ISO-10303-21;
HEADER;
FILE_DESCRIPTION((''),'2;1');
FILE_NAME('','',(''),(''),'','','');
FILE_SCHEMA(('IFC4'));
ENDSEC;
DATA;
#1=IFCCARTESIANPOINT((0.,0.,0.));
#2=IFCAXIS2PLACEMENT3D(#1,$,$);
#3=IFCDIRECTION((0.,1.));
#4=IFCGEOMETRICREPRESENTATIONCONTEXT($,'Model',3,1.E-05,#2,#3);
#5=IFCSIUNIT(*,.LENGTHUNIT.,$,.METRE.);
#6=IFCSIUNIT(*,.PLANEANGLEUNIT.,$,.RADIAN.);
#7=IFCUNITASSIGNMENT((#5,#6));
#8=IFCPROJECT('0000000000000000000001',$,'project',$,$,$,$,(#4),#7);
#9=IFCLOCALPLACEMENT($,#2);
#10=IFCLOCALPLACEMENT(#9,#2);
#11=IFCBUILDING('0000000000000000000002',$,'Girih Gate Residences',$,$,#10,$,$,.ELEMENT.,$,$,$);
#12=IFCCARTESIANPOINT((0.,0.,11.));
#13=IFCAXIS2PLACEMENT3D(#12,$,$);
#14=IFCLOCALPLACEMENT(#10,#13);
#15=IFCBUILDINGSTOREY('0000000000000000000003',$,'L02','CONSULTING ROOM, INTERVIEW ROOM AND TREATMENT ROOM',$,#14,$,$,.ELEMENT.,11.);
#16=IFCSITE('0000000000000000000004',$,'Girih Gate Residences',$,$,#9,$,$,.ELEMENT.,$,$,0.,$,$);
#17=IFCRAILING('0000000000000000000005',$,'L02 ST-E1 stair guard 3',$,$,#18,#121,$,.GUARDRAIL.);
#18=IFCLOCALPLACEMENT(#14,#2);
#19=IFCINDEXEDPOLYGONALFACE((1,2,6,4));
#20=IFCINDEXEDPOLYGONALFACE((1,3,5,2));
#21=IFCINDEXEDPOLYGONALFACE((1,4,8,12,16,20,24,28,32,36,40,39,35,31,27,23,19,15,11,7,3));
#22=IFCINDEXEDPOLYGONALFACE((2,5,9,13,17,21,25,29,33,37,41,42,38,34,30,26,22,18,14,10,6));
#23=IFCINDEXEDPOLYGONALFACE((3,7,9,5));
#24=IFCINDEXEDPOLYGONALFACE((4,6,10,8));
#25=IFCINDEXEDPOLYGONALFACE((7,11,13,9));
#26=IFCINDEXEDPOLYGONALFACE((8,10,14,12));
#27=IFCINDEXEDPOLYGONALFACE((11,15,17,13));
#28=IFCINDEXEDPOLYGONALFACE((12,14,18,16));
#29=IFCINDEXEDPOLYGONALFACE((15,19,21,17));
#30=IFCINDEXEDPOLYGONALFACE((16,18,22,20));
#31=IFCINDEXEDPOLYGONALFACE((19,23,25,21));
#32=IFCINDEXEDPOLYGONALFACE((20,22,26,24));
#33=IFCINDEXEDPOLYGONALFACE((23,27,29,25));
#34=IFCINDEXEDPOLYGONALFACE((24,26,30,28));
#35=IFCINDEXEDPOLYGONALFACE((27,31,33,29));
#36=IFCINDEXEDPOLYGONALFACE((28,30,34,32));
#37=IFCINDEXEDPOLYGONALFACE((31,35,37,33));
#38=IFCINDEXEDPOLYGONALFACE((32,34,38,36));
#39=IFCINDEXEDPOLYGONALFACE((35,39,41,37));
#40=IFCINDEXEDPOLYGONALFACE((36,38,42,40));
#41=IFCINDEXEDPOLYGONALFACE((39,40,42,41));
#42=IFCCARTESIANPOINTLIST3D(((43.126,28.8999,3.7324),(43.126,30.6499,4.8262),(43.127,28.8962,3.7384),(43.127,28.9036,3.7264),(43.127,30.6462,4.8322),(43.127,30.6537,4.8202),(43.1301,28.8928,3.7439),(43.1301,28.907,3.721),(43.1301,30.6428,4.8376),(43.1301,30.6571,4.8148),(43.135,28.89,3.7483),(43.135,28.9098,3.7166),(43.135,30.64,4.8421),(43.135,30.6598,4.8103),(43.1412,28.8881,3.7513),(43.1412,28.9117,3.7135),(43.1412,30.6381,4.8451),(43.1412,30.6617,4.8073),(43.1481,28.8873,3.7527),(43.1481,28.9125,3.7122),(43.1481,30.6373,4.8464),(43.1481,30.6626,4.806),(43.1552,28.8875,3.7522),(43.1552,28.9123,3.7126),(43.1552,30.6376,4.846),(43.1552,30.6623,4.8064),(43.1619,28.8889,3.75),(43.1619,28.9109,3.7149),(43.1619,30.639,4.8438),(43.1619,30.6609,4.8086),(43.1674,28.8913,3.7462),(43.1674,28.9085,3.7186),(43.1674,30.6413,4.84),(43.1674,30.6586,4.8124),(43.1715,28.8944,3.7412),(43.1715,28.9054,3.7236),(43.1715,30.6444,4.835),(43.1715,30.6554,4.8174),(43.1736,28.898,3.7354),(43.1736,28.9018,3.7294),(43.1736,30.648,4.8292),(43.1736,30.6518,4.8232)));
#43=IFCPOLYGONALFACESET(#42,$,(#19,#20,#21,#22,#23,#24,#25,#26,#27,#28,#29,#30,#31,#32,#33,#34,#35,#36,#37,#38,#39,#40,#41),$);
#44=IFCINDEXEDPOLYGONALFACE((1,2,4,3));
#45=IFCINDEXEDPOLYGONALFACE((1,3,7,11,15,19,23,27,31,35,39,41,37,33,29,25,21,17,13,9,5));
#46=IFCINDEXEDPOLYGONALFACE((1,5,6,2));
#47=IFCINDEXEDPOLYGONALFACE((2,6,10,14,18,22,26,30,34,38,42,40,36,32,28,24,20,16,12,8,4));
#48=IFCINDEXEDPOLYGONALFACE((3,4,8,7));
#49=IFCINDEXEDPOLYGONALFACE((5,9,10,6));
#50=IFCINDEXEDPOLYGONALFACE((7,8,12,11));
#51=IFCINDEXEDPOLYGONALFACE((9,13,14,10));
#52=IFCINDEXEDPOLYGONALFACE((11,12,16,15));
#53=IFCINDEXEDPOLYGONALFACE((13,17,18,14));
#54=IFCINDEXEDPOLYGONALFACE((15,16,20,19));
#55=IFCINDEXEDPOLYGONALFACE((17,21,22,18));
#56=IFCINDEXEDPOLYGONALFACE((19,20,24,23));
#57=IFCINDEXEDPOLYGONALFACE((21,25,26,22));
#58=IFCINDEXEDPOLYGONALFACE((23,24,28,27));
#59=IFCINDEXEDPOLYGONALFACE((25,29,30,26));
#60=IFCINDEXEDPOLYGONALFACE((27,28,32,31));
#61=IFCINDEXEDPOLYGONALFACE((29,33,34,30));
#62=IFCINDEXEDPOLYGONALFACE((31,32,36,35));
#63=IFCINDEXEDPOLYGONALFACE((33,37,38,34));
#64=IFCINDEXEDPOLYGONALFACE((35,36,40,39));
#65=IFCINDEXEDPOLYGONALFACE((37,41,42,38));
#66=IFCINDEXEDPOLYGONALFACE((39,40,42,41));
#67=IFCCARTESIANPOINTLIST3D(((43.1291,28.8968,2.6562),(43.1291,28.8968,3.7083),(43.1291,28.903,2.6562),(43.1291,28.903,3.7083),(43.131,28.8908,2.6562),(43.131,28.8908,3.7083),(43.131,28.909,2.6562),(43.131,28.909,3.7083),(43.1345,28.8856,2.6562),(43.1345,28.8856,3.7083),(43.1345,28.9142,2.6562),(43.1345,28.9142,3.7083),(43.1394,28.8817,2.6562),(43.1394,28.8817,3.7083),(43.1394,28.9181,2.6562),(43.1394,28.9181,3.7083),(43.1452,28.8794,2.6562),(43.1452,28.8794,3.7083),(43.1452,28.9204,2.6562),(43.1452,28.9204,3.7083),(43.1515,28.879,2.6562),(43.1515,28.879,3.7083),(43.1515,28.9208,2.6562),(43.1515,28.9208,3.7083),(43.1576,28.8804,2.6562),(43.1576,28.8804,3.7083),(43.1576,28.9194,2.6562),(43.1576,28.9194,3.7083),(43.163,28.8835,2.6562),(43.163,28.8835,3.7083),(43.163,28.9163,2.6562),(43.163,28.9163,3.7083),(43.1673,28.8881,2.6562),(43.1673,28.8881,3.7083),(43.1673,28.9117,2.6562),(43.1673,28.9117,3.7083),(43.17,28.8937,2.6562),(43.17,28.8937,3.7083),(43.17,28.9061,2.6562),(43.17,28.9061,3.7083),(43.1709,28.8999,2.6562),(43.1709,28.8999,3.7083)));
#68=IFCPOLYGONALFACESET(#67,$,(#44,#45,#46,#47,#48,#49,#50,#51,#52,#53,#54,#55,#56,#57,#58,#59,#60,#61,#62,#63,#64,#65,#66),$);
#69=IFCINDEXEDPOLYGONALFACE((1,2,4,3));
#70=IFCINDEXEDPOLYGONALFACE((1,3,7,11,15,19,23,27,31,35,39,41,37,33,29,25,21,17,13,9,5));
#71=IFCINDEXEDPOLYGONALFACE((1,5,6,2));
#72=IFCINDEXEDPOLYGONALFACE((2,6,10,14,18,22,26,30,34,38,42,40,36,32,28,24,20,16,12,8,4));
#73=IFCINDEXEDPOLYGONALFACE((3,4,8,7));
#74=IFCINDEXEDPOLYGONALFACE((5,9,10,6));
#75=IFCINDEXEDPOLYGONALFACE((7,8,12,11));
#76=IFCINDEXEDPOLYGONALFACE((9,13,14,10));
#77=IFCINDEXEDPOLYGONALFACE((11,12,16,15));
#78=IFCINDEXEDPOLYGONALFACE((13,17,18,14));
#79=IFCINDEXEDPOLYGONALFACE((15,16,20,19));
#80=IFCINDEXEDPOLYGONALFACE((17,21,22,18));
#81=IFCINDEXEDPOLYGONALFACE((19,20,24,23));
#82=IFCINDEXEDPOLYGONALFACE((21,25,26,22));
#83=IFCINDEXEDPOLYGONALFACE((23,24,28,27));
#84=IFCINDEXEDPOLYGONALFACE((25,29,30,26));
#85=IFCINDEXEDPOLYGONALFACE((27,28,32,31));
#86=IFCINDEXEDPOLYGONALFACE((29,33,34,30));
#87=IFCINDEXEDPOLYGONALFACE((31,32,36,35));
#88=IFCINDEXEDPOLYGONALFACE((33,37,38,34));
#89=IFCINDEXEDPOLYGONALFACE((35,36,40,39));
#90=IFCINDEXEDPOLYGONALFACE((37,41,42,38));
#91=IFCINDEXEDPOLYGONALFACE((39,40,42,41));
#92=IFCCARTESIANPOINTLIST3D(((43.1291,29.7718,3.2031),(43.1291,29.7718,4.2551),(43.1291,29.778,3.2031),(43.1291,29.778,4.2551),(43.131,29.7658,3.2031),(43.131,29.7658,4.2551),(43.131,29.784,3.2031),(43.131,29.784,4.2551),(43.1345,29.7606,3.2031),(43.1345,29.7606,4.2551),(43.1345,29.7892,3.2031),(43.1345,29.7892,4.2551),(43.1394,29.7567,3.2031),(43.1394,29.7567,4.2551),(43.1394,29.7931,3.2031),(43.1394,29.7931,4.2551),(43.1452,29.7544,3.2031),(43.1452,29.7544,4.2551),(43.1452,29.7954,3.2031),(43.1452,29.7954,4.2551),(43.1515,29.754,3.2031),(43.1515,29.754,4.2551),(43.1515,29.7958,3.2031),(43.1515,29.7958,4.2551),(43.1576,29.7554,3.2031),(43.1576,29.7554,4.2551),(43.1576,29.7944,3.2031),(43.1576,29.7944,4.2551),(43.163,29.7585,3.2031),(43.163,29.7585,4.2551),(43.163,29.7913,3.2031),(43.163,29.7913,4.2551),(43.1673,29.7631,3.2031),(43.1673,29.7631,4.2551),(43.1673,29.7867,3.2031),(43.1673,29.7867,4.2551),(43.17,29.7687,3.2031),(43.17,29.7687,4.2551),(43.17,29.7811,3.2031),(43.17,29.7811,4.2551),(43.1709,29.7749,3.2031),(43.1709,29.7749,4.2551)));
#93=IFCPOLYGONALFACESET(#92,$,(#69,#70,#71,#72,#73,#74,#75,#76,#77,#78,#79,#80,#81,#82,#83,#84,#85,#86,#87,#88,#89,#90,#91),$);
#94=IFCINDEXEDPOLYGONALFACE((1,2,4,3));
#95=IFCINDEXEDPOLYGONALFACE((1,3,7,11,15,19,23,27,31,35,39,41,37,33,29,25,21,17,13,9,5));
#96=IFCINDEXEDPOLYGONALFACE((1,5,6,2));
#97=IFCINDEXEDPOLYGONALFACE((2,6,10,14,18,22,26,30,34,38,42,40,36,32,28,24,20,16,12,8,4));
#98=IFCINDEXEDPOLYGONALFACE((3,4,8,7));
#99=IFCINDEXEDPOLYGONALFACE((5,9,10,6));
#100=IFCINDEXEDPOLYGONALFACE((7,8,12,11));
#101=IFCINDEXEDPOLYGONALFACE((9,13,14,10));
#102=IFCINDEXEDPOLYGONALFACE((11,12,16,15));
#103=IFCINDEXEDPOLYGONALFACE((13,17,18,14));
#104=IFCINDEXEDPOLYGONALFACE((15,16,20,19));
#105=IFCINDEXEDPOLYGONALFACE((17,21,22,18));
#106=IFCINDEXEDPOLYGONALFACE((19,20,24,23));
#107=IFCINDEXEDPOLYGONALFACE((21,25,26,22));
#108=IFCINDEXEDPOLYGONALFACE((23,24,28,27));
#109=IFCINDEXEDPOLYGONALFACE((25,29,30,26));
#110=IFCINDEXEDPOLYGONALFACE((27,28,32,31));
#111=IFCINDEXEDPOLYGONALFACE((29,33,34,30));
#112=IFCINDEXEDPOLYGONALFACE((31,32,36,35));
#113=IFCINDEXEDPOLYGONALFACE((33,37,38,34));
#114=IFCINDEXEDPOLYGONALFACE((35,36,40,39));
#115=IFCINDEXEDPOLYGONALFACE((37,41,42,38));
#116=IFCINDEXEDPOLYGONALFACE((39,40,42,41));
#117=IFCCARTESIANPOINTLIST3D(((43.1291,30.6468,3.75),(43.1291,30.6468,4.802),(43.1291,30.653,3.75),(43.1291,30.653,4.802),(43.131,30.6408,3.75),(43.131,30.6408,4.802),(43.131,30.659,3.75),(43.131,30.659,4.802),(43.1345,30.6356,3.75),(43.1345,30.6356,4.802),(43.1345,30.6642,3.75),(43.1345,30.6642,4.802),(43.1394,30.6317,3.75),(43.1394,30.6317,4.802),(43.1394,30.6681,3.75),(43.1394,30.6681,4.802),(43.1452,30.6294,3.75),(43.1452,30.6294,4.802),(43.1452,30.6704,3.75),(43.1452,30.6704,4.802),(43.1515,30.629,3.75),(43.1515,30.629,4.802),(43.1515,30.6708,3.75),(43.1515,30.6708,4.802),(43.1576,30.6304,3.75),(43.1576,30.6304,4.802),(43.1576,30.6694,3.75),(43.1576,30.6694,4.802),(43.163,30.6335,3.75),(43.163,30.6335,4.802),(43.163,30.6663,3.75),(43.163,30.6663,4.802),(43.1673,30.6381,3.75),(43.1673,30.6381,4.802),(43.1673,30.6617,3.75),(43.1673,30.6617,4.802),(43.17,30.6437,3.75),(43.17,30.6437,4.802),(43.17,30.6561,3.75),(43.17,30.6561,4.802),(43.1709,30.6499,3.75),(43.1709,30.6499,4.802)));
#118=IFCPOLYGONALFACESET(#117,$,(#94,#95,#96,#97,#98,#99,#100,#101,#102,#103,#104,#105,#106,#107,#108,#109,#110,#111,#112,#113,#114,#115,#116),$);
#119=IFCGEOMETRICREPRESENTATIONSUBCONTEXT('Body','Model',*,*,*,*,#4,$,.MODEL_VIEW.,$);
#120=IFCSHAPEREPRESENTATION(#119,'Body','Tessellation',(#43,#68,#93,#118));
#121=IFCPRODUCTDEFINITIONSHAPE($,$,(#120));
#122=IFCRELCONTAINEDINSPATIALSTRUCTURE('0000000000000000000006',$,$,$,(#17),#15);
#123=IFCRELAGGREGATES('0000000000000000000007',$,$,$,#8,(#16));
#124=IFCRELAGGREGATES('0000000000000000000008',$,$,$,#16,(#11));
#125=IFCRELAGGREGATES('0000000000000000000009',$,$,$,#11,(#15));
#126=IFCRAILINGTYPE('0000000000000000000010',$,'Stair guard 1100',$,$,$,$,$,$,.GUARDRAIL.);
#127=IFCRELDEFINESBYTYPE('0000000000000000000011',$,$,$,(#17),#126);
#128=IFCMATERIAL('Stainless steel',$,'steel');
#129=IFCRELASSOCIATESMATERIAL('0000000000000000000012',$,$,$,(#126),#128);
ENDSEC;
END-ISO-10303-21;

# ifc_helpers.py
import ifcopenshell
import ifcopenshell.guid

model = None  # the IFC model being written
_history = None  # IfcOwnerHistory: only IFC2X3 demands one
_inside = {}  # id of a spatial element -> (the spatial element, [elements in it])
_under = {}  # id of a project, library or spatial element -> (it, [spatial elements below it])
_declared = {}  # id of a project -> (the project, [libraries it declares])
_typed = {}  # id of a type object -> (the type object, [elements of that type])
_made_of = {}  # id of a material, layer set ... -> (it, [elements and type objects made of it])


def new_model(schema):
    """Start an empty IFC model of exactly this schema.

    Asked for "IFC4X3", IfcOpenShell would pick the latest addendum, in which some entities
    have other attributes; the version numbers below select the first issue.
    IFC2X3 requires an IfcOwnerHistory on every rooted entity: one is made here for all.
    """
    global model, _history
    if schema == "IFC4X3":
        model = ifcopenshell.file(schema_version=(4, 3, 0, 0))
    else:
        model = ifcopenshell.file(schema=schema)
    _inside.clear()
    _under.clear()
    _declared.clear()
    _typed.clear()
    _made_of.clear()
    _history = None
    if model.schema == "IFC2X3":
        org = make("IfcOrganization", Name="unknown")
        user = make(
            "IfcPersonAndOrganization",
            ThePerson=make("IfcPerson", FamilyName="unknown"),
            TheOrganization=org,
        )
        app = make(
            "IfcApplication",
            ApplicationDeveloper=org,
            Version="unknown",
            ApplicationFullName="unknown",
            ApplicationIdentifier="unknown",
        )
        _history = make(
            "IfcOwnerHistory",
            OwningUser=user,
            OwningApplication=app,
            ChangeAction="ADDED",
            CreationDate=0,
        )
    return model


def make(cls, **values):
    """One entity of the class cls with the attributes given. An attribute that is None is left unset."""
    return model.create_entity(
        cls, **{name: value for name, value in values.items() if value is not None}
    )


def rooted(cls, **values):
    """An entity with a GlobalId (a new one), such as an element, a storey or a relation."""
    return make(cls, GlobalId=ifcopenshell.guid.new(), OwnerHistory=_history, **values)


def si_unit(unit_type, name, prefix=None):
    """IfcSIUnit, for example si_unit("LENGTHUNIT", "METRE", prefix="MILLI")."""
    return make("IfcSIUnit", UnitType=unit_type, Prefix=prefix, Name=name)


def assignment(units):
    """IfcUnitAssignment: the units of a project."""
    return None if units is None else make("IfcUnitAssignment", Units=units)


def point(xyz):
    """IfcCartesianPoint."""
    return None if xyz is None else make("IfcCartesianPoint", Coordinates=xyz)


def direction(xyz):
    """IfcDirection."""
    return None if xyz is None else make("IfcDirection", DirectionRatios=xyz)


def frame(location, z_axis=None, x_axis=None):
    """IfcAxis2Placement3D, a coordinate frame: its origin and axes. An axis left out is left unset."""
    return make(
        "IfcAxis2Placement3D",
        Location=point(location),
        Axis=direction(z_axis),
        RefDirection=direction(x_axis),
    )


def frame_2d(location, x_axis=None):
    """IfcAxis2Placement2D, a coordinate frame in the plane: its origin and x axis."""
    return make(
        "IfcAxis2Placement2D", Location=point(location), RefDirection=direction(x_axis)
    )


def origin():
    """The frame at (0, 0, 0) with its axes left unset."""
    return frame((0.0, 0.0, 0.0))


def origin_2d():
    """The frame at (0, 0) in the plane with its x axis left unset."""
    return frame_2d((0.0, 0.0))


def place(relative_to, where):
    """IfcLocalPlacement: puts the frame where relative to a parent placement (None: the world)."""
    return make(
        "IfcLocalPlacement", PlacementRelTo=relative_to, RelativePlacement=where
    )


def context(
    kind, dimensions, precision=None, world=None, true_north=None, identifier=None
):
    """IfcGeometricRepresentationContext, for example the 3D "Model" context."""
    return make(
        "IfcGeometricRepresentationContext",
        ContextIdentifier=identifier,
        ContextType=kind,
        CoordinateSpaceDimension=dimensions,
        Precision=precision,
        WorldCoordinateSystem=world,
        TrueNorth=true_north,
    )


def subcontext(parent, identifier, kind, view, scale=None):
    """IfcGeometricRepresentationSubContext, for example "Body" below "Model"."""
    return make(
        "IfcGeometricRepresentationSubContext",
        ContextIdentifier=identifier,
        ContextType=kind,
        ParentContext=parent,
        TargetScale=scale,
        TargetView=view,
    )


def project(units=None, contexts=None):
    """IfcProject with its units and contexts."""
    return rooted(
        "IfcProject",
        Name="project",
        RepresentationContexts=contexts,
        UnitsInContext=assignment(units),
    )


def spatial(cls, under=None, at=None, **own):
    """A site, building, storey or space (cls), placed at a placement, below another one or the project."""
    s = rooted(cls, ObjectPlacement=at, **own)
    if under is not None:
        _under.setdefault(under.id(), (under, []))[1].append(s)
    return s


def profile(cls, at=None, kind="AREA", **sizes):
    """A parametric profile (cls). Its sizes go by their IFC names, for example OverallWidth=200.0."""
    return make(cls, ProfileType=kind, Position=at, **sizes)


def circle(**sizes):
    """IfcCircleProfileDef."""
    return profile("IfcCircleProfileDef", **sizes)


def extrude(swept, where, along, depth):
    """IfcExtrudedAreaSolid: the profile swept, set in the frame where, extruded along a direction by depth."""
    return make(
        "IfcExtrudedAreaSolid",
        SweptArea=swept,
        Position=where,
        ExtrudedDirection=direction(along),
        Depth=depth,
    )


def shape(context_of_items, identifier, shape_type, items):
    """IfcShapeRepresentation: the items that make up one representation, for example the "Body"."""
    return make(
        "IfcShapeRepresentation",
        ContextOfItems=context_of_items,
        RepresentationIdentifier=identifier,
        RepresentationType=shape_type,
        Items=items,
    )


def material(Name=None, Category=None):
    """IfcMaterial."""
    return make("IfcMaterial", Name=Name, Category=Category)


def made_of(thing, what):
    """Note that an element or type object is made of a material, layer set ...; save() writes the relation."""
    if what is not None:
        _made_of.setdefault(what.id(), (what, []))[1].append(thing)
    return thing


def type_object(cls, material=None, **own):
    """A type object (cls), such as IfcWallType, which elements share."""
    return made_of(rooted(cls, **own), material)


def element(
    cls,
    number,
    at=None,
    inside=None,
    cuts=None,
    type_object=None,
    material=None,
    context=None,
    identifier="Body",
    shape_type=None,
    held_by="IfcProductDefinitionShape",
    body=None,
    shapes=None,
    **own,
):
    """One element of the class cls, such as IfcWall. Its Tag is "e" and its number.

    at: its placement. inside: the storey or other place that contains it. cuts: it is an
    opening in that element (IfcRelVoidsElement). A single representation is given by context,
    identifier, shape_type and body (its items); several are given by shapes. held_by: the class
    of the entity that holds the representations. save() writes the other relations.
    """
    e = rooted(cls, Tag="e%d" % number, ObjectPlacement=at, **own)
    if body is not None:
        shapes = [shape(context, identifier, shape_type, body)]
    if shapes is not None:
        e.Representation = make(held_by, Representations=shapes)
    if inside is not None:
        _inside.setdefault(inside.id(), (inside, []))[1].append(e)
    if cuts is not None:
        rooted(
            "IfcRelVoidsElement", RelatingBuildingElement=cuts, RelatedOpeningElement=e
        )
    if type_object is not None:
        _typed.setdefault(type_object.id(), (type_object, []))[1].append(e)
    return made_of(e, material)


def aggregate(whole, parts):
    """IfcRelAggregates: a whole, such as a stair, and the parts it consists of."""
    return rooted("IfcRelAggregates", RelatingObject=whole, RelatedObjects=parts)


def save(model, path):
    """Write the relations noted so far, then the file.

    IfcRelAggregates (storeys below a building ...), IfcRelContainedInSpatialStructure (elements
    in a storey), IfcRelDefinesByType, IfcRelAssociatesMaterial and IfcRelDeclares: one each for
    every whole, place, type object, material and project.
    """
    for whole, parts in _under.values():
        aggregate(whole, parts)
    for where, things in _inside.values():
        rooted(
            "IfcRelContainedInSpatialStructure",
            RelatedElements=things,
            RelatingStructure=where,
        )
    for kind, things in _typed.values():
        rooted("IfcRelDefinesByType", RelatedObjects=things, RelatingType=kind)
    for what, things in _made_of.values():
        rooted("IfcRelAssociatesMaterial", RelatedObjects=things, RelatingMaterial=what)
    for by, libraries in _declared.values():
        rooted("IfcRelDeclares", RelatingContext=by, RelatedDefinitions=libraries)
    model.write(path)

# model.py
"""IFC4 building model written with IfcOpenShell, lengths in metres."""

from ifc_helpers import new_model, si_unit, direction, frame, origin, origin_2d, place, context, subcontext, project, spatial, circle, extrude, material, type_object, element, save


model = new_model("IFC4")

# Units and contexts
model_context = context("Model", 3, precision=1e-05, world=origin(), true_north=direction((0.0, 1.0)))
body_context = subcontext(model_context, "Body", "Model", "MODEL_VIEW")
ifc_project = project(units=[si_unit("LENGTHUNIT", "METRE"), si_unit("PLANEANGLEUNIT", "RADIAN")], contexts=[model_context])

# Site, building, storey
site_placement = place(None, origin())
site = spatial("IfcSite", under=ifc_project, at=site_placement, Name="Girih Gate Residences", CompositionType="ELEMENT", RefElevation=0.0)
building_placement = place(site_placement, origin())
building = spatial("IfcBuilding", under=site, at=building_placement, Name="Girih Gate Residences", CompositionType="ELEMENT")
storey_placement = place(building_placement, frame((0.0, 0.0, 11.0)))
storey = spatial("IfcBuildingStorey", under=building, at=storey_placement, Name="L02", Description="CONSULTING ROOM, INTERVIEW ROOM AND TREATMENT ROOM", CompositionType="ELEMENT", Elevation=11.0)

# Railing
ifc_material_1 = material(Name="Stainless steel", Category="steel")
railing_type_1 = type_object("IfcRailingType", Name="Stair guard 1100", PredefinedType="GUARDRAIL", material=ifc_material_1)
railing_1_placement = place(storey_placement, frame((43.1499, 28.8999, 2.6562)))
element("IfcRailing", 1, at=railing_1_placement, inside=storey, type_object=railing_type_1, Name="L02 ST-E1 stair guard 3", PredefinedType="GUARDRAIL", context=body_context, shape_type="SweptSolid", body=[
    extrude(circle(Radius=0.0239, at=origin_2d()), frame((0.0, 0.0, 1.0762), z_axis=(0.0, 0.847998, 0.529999), x_axis=(-1.0, 0.0, 0.0)), (0.0, 0.0, 1.0), 2.0637),
    extrude(circle(Radius=0.021, at=origin_2d()), origin(), (0.0, 0.0, 1.0), 1.052),
    extrude(circle(Radius=0.021, at=origin_2d()), frame((0.0, 0.875, 0.5469)), (0.0, 0.0, 1.0), 1.052),
    extrude(circle(Radius=0.021, at=origin_2d()), frame((0.0, 1.75, 1.0938)), (0.0, 0.0, 1.0), 1.052),
])

save(model, "model.ifc")
